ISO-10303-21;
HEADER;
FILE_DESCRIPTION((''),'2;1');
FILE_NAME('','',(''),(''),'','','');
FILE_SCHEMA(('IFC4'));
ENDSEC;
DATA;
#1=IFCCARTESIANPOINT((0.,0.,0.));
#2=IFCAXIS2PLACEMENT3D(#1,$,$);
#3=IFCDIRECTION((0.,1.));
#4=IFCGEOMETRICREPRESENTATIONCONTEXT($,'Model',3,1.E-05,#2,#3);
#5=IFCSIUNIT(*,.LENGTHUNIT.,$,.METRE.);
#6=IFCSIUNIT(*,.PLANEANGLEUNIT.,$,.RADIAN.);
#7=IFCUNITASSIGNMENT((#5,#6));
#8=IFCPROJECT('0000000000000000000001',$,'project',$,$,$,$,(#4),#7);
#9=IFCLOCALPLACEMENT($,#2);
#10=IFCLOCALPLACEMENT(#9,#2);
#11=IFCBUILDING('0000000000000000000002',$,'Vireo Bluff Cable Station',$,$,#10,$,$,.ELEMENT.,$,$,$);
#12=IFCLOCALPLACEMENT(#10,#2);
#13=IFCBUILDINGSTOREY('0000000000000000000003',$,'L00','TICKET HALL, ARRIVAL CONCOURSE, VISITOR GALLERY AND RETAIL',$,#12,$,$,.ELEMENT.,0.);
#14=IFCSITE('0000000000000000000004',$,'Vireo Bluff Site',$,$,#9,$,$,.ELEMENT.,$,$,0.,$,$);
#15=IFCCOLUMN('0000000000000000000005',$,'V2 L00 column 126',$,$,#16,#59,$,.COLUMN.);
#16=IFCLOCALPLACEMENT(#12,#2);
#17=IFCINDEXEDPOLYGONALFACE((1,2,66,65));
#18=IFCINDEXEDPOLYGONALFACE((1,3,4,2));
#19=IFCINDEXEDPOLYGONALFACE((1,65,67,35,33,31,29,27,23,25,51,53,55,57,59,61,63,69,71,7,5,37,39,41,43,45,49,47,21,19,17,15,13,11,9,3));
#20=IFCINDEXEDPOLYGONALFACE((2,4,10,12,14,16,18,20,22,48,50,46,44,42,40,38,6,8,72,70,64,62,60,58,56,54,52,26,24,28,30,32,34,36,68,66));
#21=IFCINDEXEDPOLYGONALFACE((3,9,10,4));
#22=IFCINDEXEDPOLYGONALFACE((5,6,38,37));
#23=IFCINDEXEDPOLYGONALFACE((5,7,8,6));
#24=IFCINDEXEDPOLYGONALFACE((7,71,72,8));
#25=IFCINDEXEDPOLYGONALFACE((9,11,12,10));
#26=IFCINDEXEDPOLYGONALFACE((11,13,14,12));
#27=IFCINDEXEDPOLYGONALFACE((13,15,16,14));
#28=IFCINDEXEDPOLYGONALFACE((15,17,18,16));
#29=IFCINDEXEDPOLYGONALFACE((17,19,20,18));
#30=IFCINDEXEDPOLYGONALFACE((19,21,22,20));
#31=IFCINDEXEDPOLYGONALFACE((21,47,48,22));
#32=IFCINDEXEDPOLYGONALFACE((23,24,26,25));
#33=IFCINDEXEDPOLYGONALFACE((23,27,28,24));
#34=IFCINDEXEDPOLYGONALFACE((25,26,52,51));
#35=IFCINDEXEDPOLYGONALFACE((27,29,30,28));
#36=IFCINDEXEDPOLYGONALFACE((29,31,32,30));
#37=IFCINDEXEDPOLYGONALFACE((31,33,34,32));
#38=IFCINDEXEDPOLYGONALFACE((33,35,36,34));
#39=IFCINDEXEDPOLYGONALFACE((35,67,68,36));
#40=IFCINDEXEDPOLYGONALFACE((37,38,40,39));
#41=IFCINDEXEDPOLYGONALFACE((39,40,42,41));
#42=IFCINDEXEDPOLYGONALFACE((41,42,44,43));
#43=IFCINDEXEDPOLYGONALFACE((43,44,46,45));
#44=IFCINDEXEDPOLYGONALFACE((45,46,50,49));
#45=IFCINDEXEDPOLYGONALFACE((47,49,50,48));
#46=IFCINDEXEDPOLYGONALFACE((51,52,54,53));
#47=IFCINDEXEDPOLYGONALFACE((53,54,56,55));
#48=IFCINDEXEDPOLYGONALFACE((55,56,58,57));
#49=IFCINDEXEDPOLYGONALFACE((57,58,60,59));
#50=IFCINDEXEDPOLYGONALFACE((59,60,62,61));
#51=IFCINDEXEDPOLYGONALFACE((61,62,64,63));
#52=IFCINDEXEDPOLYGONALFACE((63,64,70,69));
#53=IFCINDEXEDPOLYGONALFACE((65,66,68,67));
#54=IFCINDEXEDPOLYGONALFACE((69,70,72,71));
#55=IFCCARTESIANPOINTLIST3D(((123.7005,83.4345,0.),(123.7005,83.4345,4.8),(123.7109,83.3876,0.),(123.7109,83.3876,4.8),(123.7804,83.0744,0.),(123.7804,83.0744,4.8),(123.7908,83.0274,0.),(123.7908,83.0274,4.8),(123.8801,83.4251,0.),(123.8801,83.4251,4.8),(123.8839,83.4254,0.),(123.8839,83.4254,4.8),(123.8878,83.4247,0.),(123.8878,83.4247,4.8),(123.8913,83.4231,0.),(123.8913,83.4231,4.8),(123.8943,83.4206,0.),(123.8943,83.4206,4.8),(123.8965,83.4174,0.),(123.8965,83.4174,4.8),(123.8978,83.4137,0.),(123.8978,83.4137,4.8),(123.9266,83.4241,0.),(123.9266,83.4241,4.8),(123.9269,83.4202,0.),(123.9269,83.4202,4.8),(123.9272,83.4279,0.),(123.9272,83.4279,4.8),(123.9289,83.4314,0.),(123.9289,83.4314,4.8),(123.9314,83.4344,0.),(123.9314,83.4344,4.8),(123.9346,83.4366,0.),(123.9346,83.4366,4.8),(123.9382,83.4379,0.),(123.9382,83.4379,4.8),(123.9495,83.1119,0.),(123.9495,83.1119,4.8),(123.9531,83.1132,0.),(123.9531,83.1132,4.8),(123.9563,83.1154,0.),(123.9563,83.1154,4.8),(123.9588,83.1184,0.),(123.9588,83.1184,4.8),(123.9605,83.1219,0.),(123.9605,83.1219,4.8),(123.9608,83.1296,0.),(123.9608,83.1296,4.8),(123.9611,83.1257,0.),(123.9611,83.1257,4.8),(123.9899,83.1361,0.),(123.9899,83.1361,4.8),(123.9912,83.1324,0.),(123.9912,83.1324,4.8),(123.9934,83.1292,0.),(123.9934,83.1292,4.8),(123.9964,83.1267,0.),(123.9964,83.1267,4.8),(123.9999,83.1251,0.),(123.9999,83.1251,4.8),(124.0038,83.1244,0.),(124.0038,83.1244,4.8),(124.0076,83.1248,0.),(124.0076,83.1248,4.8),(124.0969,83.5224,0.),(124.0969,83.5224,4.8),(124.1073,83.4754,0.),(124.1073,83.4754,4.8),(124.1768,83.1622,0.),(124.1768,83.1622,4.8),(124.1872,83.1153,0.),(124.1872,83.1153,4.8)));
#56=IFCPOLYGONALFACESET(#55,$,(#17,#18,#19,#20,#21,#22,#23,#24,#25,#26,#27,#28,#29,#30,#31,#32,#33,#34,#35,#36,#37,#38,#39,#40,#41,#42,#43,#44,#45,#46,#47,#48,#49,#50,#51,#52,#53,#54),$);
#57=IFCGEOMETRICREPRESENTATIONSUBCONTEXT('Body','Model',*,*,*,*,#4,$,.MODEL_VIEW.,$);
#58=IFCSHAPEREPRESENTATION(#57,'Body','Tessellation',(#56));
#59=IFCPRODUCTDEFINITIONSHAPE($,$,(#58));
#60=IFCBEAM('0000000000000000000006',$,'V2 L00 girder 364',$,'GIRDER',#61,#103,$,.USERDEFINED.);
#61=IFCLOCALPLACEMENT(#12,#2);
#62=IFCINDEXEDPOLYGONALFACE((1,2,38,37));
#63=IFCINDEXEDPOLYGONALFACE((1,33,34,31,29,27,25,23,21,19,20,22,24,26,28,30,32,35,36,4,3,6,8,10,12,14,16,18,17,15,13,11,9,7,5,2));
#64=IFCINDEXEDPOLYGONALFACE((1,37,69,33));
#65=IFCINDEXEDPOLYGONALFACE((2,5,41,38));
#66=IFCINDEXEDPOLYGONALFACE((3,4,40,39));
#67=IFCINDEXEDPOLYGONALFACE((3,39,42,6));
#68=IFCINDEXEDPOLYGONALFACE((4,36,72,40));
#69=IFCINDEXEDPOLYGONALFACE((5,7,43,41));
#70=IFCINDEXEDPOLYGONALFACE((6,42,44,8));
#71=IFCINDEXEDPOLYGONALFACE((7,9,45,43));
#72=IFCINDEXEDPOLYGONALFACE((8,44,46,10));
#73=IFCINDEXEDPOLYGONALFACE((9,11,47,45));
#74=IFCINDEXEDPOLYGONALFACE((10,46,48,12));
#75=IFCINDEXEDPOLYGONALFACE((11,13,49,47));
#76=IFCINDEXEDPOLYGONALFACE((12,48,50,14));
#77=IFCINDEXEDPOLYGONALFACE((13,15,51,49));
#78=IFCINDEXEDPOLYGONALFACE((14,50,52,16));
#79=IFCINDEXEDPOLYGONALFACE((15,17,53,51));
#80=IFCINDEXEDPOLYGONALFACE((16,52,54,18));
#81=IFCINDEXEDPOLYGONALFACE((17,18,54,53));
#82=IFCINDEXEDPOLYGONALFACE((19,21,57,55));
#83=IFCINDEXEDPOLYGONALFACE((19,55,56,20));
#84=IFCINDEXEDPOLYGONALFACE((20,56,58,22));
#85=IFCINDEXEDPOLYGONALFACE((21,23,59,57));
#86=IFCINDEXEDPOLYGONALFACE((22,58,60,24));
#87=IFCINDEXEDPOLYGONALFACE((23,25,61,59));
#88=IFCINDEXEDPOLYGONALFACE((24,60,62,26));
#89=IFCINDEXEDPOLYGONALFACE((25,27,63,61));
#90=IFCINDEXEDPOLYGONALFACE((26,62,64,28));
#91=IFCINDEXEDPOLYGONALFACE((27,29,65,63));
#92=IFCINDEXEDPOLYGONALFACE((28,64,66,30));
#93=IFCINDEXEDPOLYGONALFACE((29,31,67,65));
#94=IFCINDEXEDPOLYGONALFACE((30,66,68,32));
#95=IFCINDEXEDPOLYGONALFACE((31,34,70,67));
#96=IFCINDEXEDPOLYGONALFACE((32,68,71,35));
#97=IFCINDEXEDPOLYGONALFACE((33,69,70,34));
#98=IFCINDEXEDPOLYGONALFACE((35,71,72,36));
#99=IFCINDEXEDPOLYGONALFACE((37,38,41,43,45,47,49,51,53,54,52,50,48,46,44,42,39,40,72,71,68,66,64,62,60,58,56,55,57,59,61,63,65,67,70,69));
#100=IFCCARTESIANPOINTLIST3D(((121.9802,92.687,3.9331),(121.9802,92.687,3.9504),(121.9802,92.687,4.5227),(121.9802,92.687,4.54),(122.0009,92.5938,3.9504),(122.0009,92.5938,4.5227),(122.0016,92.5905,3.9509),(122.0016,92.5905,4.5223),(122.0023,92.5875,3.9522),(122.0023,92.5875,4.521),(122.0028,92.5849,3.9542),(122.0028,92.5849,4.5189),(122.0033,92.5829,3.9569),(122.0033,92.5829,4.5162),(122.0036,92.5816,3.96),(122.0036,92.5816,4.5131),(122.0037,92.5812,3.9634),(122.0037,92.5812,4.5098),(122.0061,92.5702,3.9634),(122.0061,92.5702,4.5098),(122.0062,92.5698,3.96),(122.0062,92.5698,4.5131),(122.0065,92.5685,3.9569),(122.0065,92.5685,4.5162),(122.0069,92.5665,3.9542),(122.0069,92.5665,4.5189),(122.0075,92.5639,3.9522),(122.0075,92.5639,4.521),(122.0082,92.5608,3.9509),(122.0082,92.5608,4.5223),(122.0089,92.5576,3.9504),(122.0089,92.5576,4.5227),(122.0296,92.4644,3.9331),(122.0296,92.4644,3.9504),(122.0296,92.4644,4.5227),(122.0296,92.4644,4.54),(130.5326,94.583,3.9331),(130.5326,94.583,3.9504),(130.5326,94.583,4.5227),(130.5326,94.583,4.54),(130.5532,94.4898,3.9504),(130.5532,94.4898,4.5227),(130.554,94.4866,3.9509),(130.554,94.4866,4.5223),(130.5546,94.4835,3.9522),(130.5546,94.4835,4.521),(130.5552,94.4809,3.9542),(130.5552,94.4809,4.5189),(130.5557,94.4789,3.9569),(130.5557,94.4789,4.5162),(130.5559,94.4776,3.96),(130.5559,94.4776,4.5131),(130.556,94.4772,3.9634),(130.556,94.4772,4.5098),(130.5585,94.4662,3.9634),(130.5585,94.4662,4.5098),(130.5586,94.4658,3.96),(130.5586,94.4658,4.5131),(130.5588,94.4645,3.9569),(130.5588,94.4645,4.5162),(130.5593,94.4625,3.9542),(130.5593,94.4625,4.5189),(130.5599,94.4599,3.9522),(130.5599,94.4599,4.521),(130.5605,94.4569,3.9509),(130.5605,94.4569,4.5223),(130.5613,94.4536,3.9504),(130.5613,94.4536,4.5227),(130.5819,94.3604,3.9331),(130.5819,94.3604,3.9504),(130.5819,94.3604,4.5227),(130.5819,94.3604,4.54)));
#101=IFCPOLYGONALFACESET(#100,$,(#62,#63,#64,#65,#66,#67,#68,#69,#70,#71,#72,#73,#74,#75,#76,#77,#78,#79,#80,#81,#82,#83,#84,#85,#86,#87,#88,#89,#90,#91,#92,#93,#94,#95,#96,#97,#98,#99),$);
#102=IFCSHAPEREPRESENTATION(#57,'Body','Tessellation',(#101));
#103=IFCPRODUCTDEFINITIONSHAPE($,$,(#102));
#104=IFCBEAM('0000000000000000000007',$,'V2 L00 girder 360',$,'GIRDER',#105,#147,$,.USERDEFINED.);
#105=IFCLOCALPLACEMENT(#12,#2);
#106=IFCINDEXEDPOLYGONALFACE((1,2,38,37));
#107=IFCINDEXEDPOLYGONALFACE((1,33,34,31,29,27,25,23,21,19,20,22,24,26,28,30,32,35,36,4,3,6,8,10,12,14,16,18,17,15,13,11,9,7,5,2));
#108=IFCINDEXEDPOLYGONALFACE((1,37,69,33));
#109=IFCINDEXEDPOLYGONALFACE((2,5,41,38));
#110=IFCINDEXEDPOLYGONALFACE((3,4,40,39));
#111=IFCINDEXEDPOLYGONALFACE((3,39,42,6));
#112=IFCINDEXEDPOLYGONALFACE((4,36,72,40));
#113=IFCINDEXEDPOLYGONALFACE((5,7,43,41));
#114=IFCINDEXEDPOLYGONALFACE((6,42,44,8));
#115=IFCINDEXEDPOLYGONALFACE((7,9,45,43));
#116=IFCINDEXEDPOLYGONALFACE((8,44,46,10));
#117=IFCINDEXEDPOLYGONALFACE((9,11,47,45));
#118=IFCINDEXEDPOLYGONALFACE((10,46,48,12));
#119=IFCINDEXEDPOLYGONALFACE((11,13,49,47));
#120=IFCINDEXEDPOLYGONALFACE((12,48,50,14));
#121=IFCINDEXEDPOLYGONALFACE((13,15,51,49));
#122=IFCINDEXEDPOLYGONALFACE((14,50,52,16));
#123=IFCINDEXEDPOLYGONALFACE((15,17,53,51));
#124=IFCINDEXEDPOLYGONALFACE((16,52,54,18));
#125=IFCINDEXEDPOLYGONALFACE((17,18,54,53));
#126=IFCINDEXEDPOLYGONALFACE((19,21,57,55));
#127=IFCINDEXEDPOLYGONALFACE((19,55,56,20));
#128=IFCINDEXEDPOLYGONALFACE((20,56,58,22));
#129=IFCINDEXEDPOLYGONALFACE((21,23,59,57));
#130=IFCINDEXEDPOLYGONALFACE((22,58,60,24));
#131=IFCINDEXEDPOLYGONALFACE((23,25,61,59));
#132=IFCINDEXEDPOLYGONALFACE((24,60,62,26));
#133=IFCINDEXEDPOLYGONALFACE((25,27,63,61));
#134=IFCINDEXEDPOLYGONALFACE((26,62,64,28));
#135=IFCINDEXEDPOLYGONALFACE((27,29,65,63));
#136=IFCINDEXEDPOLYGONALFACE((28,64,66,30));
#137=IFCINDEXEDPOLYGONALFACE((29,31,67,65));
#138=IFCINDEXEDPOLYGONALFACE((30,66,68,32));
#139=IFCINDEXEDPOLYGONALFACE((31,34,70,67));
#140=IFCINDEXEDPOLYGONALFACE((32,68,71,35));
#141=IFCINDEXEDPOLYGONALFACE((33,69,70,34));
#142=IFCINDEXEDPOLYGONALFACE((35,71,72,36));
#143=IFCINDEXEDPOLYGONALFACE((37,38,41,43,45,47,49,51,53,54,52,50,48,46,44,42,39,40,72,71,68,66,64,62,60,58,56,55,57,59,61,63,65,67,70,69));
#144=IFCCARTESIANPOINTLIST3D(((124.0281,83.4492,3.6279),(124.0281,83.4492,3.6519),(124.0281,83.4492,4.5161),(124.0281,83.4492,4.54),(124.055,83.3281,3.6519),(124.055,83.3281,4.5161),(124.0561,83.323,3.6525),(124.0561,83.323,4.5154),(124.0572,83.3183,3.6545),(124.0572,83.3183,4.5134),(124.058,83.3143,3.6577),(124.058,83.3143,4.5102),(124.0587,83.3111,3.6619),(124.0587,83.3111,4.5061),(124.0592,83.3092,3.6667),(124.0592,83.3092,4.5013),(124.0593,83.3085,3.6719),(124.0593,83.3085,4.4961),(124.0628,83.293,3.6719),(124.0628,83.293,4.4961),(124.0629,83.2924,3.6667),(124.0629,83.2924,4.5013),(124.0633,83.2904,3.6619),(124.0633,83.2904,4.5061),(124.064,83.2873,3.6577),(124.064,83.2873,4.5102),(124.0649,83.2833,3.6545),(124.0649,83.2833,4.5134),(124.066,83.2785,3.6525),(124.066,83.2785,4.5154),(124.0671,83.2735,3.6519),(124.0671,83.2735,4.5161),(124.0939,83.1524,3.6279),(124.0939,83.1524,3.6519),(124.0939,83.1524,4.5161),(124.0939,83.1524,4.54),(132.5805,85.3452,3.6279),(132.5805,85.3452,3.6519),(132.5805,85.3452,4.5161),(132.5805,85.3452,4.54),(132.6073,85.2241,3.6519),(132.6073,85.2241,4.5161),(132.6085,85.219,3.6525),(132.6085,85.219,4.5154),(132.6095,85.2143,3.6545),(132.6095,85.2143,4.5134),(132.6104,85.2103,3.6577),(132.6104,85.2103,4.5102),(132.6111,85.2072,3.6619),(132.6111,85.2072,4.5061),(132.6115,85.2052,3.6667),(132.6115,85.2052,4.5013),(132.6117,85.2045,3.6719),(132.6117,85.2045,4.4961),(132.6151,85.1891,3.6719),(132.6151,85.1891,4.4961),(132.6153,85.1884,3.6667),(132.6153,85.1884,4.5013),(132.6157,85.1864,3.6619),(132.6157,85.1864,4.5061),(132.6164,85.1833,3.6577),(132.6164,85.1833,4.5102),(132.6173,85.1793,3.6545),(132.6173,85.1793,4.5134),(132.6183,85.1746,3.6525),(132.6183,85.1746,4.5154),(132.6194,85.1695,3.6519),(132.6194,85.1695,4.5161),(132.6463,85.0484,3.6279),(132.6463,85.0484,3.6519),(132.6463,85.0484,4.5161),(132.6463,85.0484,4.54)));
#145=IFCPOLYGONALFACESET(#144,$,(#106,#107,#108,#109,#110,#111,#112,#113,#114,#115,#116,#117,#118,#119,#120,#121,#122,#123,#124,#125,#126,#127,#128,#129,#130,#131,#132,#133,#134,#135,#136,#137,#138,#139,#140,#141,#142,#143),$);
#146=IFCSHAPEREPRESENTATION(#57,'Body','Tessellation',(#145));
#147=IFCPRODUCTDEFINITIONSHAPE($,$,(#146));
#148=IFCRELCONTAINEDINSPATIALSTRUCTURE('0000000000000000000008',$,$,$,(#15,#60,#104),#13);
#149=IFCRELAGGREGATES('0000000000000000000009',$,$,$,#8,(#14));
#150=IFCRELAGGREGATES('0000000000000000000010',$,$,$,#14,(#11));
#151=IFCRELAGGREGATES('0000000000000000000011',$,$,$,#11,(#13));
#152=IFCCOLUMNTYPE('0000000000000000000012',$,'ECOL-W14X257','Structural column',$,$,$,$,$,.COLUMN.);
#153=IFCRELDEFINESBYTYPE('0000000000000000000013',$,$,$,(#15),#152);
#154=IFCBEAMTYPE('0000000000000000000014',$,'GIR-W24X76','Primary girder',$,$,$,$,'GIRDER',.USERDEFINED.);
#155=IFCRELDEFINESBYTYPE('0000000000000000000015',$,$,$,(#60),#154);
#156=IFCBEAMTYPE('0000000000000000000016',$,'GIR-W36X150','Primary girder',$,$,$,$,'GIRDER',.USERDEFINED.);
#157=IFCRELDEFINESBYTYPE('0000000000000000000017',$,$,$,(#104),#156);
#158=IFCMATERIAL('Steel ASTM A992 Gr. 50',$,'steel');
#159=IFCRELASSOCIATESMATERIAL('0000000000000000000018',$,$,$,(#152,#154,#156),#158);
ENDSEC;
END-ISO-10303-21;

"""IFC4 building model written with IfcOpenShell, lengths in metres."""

from ifc_helpers import new_model, si_unit, direction, frame, origin, origin_2d, place, context, subcontext, project, spatial, i_section, extrude, material, material_profile, profile_set, type_object, element, save


model = new_model("IFC4")

# Units and contexts
model_context = context("Model", 3, precision=1e-05, world=origin(), true_north=direction((0.0, 1.0)))
body_context = subcontext(model_context, "Body", "Model", "MODEL_VIEW")
ifc_project = project(units=[si_unit("LENGTHUNIT", "METRE"), si_unit("PLANEANGLEUNIT", "RADIAN")], contexts=[model_context])

# Site, building, storey
site_placement = place(None, origin())
site = spatial("IfcSite", under=ifc_project, at=site_placement, Name="Vireo Bluff Site", CompositionType="ELEMENT", RefElevation=0.0)
building_placement = place(site_placement, origin())
building = spatial("IfcBuilding", under=site, at=building_placement, Name="Vireo Bluff Cable Station", CompositionType="ELEMENT")
storey_placement = place(building_placement, origin())
storey = spatial("IfcBuildingStorey", under=building, at=storey_placement, Name="L00", Description="TICKET HALL, ARRIVAL CONCOURSE, VISITOR GALLERY AND RETAIL", CompositionType="ELEMENT", Elevation=0.0)

# Column
ifc_material_1 = material(Name="Steel ASTM A992 Gr. 50", Category="steel")
ifc_material_profile_1 = material_profile(ifc_material_1, i_section(OverallWidth=0.406, OverallDepth=0.417, WebThickness=0.0298, FlangeThickness=0.0481, FilletRadius=0.0149, at=origin_2d()), Name="W14X257")
ifc_profile_set_1 = profile_set([ifc_material_profile_1], Name="Steel ASTM A992 Gr. 50")
column_type_1 = type_object("IfcColumnType", Name="ECOL-W14X257", Description="Structural column", PredefinedType="COLUMN", material=ifc_profile_set_1)
column_1_placement = place(storey_placement, frame((123.9438, 83.2749, 0.0), z_axis=(0.0, 0.0, 1.0), x_axis=(0.976296, 0.21644, 0.0)))
element("IfcColumn", 1, at=column_1_placement, inside=storey, type_object=column_type_1, Name="V2 L00 column 126", PredefinedType="COLUMN", context=body_context, shape_type="SweptSolid", body=[
    extrude(i_section(OverallWidth=0.406, OverallDepth=0.417, WebThickness=0.0298, FlangeThickness=0.0481, FilletRadius=0.0149, at=origin_2d()), origin(), (0.0, 0.0, 1.0), 4.8),
])

# Beams
ifc_material_profile_2 = material_profile(ifc_material_1, i_section(OverallWidth=0.228, OverallDepth=0.6069, WebThickness=0.0112, FlangeThickness=0.0173, FilletRadius=0.0129, at=origin_2d()), Name="W24X76")
ifc_profile_set_2 = profile_set([ifc_material_profile_2], Name="Steel ASTM A992 Gr. 50")
beam_type_1 = type_object("IfcBeamType", Name="GIR-W24X76", Description="Primary girder", ElementType="GIRDER", PredefinedType="USERDEFINED", material=ifc_profile_set_2)
beam_1_placement = place(storey_placement, frame((122.0049, 92.5757, 4.2366), z_axis=(0.976296, 0.216441, 0.0), x_axis=(-0.216441, 0.976296, 0.0)))
element("IfcBeam", 2, at=beam_1_placement, inside=storey, type_object=beam_type_1, Name="V2 L00 girder 364", ObjectType="GIRDER", PredefinedType="USERDEFINED", context=body_context, shape_type="SweptSolid", body=[
    extrude(i_section(OverallWidth=0.228, OverallDepth=0.6069, WebThickness=0.0112, FlangeThickness=0.0173, FilletRadius=0.0129, at=origin_2d()), origin(), (0.0, 0.0, 1.0), 8.76),
])
ifc_material_profile_3 = material_profile(ifc_material_1, i_section(OverallWidth=0.304, OverallDepth=0.9121, WebThickness=0.0159, FlangeThickness=0.0239, FilletRadius=0.02, at=origin_2d()), Name="W36X150")
ifc_profile_set_3 = profile_set([ifc_material_profile_3], Name="Steel ASTM A992 Gr. 50")
beam_type_2 = type_object("IfcBeamType", Name="GIR-W36X150", Description="Primary girder", ElementType="GIRDER", PredefinedType="USERDEFINED", material=ifc_profile_set_3)
beam_2_placement = place(storey_placement, frame((124.061, 83.3008, 4.084), z_axis=(0.976296, 0.216441, 0.0), x_axis=(-0.216441, 0.976296, 0.0)))
element("IfcBeam", 3, at=beam_2_placement, inside=storey, type_object=beam_type_2, Name="V2 L00 girder 360", ObjectType="GIRDER", PredefinedType="USERDEFINED", context=body_context, shape_type="SweptSolid", body=[
    extrude(i_section(OverallWidth=0.304, OverallDepth=0.9121, WebThickness=0.0159, FlangeThickness=0.0239, FilletRadius=0.02, at=origin_2d()), origin(), (0.0, 0.0, 1.0), 8.76),
])

save(model, "model.ifc")
